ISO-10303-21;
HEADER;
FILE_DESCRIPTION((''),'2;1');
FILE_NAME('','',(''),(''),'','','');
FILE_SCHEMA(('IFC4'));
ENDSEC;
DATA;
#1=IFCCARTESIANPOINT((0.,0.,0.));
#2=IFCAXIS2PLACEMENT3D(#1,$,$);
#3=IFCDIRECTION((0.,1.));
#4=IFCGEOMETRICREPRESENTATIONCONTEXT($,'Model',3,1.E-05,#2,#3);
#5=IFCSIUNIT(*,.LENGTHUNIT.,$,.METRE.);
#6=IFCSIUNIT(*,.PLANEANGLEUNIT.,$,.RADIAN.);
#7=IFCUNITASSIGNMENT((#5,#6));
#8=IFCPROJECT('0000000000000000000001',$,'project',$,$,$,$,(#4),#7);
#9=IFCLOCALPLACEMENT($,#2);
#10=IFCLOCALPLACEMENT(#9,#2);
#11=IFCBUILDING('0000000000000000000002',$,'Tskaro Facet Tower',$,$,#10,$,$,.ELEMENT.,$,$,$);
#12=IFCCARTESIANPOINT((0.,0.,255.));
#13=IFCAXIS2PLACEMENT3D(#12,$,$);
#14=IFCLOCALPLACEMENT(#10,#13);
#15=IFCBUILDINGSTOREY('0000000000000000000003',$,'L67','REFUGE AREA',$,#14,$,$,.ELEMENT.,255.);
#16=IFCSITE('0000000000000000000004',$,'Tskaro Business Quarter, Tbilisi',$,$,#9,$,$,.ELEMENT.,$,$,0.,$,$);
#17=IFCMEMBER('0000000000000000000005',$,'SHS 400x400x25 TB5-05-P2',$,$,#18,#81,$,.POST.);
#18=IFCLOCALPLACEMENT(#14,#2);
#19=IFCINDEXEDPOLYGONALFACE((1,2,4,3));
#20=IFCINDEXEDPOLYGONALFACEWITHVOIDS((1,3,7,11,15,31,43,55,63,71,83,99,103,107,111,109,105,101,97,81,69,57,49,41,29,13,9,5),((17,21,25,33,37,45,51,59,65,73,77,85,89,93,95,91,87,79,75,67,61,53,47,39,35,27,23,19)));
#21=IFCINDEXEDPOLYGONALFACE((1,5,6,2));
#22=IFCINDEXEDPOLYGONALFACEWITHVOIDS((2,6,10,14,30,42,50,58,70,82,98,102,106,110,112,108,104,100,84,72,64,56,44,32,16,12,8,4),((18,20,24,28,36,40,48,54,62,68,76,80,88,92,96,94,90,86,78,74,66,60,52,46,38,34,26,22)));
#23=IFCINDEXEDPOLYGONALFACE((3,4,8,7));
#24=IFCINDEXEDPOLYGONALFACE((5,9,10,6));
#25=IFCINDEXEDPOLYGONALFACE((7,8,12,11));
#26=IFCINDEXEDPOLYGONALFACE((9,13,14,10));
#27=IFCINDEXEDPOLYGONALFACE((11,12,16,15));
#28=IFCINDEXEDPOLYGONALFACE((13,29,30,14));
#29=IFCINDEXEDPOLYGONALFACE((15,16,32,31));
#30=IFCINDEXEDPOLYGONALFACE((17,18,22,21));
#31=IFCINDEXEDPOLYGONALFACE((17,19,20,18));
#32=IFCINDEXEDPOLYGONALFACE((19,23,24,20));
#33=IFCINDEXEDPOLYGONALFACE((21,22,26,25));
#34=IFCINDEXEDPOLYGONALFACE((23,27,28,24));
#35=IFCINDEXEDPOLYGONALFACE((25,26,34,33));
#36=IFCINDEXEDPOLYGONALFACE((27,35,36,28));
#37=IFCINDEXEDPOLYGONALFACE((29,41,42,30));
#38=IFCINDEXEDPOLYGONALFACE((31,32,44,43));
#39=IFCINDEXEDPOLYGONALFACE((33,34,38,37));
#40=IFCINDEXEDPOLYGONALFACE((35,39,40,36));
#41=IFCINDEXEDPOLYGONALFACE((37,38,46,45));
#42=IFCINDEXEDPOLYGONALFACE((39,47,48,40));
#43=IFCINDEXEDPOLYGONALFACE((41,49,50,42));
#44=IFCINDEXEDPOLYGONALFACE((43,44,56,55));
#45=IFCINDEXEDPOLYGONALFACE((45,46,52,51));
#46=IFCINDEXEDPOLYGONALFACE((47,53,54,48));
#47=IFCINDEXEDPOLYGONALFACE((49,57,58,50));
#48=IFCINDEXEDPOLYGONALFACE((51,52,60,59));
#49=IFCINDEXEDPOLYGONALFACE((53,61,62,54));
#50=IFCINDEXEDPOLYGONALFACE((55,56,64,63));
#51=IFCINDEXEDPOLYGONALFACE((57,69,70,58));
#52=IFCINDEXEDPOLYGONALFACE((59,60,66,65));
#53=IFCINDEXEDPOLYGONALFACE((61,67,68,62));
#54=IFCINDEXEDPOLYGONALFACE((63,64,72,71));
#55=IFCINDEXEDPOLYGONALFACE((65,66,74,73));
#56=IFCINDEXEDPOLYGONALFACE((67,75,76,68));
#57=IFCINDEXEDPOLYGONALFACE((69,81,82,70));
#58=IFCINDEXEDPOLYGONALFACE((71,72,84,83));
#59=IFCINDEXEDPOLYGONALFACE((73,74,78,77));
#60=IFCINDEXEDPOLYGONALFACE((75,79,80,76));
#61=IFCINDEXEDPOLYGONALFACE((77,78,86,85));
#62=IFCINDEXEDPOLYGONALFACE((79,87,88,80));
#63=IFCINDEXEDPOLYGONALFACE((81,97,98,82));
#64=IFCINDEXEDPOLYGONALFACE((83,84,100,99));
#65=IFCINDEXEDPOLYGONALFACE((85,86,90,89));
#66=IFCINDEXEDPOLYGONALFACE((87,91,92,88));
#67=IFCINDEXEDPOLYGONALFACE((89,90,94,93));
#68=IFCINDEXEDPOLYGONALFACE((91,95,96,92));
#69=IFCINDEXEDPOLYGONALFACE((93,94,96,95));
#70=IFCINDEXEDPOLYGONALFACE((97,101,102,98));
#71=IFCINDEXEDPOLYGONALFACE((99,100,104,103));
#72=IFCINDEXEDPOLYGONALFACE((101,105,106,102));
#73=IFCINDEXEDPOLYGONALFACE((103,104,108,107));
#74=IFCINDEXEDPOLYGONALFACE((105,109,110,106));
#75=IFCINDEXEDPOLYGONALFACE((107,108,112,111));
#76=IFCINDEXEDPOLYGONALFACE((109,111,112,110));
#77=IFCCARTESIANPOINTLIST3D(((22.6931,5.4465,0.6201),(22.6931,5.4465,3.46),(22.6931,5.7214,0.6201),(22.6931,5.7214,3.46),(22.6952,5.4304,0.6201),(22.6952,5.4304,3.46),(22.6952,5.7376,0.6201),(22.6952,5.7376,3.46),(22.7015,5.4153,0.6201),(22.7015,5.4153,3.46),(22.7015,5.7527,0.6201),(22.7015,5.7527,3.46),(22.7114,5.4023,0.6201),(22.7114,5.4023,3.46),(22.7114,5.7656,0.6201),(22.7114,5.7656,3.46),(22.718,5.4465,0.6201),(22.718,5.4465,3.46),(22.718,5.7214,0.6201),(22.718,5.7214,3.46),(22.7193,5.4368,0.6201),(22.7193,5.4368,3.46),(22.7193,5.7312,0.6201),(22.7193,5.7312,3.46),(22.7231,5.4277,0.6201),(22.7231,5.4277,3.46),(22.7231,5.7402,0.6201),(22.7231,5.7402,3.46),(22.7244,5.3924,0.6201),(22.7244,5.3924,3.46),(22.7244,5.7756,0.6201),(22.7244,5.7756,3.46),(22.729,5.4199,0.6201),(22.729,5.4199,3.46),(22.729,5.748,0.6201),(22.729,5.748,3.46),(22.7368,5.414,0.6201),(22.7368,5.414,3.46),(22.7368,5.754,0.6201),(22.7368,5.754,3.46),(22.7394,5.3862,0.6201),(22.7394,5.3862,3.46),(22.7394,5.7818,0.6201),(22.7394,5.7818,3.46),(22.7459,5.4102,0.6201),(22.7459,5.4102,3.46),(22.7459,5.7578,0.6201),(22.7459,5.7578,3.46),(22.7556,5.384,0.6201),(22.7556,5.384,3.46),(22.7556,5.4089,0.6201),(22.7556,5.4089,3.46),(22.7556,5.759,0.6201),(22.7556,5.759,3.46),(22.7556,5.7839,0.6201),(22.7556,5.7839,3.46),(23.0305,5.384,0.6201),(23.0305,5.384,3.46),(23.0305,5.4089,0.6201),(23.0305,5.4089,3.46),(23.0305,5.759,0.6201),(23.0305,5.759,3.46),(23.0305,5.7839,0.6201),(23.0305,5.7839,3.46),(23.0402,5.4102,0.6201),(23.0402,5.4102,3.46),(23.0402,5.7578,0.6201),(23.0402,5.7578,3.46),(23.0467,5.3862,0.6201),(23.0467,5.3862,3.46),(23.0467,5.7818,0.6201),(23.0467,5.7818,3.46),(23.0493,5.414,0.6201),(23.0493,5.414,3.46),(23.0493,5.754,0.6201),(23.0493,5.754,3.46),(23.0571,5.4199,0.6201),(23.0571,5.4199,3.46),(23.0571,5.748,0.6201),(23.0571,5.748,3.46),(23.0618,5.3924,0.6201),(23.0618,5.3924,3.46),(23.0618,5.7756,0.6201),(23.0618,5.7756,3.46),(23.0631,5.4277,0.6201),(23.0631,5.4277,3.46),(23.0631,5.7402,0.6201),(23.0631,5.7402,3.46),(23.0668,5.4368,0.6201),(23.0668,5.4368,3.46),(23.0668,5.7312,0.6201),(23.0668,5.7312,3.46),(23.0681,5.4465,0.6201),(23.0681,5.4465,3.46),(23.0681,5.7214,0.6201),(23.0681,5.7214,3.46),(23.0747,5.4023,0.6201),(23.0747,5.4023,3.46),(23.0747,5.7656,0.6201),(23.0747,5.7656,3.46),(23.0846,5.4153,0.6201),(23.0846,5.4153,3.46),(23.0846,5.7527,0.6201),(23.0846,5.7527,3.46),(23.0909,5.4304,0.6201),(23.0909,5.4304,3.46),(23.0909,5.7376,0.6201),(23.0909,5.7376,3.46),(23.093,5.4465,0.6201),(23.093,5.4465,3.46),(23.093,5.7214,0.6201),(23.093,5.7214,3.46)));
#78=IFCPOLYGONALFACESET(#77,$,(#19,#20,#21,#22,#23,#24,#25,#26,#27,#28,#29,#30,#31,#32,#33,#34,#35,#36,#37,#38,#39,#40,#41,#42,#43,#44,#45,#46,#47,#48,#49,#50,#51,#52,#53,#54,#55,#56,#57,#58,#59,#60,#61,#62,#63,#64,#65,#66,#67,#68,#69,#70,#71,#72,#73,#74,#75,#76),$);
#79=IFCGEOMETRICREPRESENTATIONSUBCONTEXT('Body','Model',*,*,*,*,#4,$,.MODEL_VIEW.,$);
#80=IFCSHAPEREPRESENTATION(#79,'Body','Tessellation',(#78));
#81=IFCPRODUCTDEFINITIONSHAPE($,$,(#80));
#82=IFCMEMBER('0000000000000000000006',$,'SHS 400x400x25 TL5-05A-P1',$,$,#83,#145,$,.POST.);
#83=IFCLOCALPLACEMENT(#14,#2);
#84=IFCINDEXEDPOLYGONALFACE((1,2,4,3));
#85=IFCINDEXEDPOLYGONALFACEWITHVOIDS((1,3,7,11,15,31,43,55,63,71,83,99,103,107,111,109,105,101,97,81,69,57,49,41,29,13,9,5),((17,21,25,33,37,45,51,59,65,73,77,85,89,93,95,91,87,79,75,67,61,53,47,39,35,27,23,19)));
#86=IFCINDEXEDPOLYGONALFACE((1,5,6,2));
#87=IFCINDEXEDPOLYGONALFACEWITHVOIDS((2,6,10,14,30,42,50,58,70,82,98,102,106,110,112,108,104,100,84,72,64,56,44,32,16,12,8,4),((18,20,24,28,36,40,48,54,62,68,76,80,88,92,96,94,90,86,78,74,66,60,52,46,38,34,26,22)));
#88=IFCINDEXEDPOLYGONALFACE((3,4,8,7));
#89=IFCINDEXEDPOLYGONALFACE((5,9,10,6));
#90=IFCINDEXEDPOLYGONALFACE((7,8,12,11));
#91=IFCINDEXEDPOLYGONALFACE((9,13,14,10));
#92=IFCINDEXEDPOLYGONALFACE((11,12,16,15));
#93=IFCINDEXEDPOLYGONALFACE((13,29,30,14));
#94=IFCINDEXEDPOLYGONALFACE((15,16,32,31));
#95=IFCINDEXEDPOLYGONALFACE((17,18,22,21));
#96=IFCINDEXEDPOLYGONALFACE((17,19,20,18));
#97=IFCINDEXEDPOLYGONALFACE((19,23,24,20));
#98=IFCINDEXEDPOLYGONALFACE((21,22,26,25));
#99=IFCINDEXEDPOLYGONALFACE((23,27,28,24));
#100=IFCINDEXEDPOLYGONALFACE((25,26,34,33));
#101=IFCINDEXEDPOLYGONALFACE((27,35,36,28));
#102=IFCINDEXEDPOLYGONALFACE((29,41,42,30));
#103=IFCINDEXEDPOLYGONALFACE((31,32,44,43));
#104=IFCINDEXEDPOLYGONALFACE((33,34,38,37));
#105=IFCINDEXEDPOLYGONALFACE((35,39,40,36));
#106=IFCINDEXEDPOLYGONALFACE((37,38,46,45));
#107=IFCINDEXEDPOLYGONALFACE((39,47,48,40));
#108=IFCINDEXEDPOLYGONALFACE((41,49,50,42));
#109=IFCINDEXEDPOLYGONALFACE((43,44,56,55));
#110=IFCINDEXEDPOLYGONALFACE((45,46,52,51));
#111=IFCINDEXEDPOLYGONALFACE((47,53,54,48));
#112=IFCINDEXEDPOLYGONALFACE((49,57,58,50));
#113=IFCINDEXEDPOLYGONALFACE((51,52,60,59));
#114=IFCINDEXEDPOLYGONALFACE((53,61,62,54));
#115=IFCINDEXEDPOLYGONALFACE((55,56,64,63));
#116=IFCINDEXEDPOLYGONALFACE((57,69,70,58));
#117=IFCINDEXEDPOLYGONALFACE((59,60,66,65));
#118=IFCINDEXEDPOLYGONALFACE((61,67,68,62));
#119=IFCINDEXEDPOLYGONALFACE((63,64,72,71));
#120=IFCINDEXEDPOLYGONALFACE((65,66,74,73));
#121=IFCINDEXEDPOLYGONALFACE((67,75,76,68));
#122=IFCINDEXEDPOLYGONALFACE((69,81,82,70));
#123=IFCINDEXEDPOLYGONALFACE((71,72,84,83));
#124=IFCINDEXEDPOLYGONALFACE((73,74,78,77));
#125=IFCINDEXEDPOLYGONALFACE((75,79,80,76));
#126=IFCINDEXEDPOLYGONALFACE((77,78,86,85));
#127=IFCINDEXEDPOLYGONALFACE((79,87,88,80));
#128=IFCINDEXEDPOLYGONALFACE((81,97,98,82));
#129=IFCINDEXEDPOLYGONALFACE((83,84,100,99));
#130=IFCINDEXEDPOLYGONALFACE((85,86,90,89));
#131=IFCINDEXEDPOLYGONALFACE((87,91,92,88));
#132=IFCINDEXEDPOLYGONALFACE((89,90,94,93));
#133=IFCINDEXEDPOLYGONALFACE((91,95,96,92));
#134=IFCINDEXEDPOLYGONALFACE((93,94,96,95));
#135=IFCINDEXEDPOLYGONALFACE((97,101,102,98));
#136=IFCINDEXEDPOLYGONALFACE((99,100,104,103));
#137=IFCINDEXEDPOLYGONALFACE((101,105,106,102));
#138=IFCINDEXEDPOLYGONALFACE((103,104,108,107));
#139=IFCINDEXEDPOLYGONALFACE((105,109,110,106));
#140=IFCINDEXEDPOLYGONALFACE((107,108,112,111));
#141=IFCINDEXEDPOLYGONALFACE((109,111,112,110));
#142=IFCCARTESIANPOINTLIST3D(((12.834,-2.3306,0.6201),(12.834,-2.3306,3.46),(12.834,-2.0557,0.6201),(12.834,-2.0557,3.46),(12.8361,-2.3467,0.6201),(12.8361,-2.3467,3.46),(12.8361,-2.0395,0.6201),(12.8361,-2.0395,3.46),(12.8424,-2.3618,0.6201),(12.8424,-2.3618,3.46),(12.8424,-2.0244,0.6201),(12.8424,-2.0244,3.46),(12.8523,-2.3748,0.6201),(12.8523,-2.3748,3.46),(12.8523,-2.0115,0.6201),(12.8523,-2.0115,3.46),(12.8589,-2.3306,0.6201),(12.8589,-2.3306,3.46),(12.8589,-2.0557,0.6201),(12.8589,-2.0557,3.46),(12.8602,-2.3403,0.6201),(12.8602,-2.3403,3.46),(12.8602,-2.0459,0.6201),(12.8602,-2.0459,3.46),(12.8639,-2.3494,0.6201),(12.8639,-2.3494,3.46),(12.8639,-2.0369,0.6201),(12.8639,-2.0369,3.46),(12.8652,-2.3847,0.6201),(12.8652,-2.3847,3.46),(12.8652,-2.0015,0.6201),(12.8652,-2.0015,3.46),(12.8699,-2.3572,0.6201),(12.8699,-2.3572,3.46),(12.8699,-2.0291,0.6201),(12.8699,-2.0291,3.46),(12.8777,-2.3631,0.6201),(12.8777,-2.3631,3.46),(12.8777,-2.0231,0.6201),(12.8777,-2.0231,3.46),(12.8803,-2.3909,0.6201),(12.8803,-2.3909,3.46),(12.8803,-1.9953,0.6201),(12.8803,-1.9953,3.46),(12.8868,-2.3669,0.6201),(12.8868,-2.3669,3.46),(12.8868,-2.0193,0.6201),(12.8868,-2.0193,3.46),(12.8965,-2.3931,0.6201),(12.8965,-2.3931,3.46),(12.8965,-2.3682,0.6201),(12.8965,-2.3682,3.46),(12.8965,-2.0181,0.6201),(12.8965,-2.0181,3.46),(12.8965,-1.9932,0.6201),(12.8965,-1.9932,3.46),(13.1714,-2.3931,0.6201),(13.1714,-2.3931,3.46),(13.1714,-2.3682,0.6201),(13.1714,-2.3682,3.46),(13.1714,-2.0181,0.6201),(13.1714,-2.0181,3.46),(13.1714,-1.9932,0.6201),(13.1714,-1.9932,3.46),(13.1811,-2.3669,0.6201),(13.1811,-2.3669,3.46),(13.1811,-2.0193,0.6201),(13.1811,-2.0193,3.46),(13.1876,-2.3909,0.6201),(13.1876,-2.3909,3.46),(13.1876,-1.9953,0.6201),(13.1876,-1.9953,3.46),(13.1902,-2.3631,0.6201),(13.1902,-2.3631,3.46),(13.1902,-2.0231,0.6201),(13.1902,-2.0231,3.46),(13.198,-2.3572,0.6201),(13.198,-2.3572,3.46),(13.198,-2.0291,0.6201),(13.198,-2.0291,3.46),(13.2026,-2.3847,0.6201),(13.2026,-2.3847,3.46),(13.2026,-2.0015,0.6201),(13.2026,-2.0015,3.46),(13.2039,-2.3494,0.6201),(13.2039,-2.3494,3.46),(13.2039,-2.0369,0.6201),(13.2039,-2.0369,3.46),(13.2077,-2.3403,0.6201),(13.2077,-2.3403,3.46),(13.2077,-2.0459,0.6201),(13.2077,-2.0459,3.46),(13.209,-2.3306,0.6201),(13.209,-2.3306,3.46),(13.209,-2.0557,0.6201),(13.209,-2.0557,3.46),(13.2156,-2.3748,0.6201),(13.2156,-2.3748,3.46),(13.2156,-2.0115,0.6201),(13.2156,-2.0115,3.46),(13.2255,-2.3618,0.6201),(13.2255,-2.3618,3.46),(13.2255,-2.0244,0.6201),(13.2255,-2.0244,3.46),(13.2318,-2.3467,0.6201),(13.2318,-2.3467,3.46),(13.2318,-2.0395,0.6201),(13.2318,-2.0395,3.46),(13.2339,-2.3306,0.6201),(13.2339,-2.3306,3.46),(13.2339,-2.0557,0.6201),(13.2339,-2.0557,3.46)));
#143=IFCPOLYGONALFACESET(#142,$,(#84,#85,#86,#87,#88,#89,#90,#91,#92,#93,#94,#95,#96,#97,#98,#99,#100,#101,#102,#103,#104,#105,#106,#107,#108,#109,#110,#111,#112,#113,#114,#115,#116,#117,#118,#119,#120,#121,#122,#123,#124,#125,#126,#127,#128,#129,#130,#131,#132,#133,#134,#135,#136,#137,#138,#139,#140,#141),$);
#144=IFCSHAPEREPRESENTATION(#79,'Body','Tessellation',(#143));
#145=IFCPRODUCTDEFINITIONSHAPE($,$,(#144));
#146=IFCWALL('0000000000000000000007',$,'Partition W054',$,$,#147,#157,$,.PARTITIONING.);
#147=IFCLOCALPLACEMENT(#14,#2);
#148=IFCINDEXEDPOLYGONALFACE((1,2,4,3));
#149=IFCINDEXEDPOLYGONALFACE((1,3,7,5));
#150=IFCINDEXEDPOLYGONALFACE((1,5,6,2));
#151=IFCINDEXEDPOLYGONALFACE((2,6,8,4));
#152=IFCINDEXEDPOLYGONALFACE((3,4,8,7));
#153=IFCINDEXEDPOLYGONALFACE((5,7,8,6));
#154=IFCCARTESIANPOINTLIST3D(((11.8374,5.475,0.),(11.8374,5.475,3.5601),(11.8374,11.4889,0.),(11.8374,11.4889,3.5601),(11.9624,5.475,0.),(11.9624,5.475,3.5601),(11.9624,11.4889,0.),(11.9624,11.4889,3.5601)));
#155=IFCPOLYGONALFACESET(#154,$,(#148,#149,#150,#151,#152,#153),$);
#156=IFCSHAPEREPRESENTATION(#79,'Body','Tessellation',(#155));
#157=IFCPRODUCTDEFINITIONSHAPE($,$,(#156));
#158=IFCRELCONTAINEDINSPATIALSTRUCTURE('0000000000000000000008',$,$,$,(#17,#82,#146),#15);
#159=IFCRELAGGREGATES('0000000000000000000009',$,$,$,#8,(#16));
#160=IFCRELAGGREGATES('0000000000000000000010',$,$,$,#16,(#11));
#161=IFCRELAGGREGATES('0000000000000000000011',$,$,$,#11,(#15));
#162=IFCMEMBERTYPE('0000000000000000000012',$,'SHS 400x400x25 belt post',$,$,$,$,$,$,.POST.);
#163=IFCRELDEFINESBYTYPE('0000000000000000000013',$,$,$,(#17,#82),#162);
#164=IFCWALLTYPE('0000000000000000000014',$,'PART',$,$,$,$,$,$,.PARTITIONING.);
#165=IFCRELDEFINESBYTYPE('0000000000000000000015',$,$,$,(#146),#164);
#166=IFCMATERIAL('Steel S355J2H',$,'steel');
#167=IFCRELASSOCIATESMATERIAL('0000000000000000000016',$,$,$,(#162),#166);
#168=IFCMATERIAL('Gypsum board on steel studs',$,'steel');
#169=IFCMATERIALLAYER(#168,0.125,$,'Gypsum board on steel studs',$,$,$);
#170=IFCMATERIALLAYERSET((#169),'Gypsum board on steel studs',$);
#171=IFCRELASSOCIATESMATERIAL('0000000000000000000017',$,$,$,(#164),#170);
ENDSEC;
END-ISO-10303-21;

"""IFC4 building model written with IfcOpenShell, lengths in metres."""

from ifc_helpers import new_model, si_unit, direction, frame, frame_2d, origin, origin_2d, place, context, subcontext, project, spatial, rectangle, hollow_rectangle, extrude, material, layer, layer_set, material_profile, profile_set, type_object, element, save


model = new_model("IFC4")

# Units and contexts
model_context = context("Model", 3, precision=1e-05, world=origin(), true_north=direction((0.0, 1.0)))
body_context = subcontext(model_context, "Body", "Model", "MODEL_VIEW")
ifc_project = project(units=[si_unit("LENGTHUNIT", "METRE"), si_unit("PLANEANGLEUNIT", "RADIAN")], contexts=[model_context])

# Site, building, storey
site_placement = place(None, origin())
site = spatial("IfcSite", under=ifc_project, at=site_placement, Name="Tskaro Business Quarter, Tbilisi", CompositionType="ELEMENT", RefElevation=0.0)
building_placement = place(site_placement, origin())
building = spatial("IfcBuilding", under=site, at=building_placement, Name="Tskaro Facet Tower", CompositionType="ELEMENT")
storey_placement = place(building_placement, frame((0.0, 0.0, 255.0)))
storey = spatial("IfcBuildingStorey", under=building, at=storey_placement, Name="L67", Description="REFUGE AREA", CompositionType="ELEMENT", Elevation=255.0)

# Shared definitions
ifc_material_1 = material(Name="Steel S355J2H", Category="steel")

# Members
ifc_material_profile_1 = material_profile(ifc_material_1, hollow_rectangle(XDim=0.3999, YDim=0.3999, WallThickness=0.0249, InnerFilletRadius=0.0376, OuterFilletRadius=0.0625, at=origin_2d()), Name="SHS 400x400x25")
ifc_profile_set_1 = profile_set([ifc_material_profile_1], Name="Steel S355J2H")
member_type_1 = type_object("IfcMemberType", Name="SHS 400x400x25 belt post", PredefinedType="POST", material=ifc_profile_set_1)
for number, where, z_axis, x_axis, name in (
    (1, (22.8931, 5.584, 0.6201), (0.0, 0.0, 1.0), (1.0, 0.0, 0.0), "SHS 400x400x25 TB5-05-P2"),
    (2, (13.0339, -2.1931, 0.6201), (0.0, 0.0, 1.0), (1.0, 0.0, 0.0), "SHS 400x400x25 TL5-05A-P1"),
):
    element("IfcMember", number, at=place(storey_placement, frame(where, z_axis=z_axis, x_axis=x_axis)), inside=storey, type_object=member_type_1, Name=name, PredefinedType="POST", context=body_context, shape_type="SweptSolid", body=[
        extrude(hollow_rectangle(XDim=0.3999, YDim=0.3999, WallThickness=0.0249, InnerFilletRadius=0.0376, OuterFilletRadius=0.0625, at=origin_2d()), origin(), (0.0, 0.0, 1.0), 2.8398),
    ])

# Wall
ifc_material_2 = material(Name="Gypsum board on steel studs", Category="steel")
ifc_layer_1 = layer(ifc_material_2, 0.125, Name="Gypsum board on steel studs")
ifc_layer_set_1 = layer_set([ifc_layer_1], Name="Gypsum board on steel studs")
wall_type_1 = type_object("IfcWallType", Name="PART", PredefinedType="PARTITIONING", material=ifc_layer_set_1)
wall_1_placement = place(storey_placement, frame((11.8999, 5.4751, 0.0), z_axis=(0.0, 0.0, 1.0), x_axis=(0.0, 1.0, 0.0)))
element("IfcWall", 3, at=wall_1_placement, inside=storey, type_object=wall_type_1, Name="Partition W054", PredefinedType="PARTITIONING", context=body_context, shape_type="SweptSolid", body=[
    extrude(rectangle(XDim=6.0139, YDim=0.125, at=frame_2d((3.0068, 0.0))), origin(), (0.0, 0.0, 1.0), 3.5601),
])

save(model, "model.ifc")
